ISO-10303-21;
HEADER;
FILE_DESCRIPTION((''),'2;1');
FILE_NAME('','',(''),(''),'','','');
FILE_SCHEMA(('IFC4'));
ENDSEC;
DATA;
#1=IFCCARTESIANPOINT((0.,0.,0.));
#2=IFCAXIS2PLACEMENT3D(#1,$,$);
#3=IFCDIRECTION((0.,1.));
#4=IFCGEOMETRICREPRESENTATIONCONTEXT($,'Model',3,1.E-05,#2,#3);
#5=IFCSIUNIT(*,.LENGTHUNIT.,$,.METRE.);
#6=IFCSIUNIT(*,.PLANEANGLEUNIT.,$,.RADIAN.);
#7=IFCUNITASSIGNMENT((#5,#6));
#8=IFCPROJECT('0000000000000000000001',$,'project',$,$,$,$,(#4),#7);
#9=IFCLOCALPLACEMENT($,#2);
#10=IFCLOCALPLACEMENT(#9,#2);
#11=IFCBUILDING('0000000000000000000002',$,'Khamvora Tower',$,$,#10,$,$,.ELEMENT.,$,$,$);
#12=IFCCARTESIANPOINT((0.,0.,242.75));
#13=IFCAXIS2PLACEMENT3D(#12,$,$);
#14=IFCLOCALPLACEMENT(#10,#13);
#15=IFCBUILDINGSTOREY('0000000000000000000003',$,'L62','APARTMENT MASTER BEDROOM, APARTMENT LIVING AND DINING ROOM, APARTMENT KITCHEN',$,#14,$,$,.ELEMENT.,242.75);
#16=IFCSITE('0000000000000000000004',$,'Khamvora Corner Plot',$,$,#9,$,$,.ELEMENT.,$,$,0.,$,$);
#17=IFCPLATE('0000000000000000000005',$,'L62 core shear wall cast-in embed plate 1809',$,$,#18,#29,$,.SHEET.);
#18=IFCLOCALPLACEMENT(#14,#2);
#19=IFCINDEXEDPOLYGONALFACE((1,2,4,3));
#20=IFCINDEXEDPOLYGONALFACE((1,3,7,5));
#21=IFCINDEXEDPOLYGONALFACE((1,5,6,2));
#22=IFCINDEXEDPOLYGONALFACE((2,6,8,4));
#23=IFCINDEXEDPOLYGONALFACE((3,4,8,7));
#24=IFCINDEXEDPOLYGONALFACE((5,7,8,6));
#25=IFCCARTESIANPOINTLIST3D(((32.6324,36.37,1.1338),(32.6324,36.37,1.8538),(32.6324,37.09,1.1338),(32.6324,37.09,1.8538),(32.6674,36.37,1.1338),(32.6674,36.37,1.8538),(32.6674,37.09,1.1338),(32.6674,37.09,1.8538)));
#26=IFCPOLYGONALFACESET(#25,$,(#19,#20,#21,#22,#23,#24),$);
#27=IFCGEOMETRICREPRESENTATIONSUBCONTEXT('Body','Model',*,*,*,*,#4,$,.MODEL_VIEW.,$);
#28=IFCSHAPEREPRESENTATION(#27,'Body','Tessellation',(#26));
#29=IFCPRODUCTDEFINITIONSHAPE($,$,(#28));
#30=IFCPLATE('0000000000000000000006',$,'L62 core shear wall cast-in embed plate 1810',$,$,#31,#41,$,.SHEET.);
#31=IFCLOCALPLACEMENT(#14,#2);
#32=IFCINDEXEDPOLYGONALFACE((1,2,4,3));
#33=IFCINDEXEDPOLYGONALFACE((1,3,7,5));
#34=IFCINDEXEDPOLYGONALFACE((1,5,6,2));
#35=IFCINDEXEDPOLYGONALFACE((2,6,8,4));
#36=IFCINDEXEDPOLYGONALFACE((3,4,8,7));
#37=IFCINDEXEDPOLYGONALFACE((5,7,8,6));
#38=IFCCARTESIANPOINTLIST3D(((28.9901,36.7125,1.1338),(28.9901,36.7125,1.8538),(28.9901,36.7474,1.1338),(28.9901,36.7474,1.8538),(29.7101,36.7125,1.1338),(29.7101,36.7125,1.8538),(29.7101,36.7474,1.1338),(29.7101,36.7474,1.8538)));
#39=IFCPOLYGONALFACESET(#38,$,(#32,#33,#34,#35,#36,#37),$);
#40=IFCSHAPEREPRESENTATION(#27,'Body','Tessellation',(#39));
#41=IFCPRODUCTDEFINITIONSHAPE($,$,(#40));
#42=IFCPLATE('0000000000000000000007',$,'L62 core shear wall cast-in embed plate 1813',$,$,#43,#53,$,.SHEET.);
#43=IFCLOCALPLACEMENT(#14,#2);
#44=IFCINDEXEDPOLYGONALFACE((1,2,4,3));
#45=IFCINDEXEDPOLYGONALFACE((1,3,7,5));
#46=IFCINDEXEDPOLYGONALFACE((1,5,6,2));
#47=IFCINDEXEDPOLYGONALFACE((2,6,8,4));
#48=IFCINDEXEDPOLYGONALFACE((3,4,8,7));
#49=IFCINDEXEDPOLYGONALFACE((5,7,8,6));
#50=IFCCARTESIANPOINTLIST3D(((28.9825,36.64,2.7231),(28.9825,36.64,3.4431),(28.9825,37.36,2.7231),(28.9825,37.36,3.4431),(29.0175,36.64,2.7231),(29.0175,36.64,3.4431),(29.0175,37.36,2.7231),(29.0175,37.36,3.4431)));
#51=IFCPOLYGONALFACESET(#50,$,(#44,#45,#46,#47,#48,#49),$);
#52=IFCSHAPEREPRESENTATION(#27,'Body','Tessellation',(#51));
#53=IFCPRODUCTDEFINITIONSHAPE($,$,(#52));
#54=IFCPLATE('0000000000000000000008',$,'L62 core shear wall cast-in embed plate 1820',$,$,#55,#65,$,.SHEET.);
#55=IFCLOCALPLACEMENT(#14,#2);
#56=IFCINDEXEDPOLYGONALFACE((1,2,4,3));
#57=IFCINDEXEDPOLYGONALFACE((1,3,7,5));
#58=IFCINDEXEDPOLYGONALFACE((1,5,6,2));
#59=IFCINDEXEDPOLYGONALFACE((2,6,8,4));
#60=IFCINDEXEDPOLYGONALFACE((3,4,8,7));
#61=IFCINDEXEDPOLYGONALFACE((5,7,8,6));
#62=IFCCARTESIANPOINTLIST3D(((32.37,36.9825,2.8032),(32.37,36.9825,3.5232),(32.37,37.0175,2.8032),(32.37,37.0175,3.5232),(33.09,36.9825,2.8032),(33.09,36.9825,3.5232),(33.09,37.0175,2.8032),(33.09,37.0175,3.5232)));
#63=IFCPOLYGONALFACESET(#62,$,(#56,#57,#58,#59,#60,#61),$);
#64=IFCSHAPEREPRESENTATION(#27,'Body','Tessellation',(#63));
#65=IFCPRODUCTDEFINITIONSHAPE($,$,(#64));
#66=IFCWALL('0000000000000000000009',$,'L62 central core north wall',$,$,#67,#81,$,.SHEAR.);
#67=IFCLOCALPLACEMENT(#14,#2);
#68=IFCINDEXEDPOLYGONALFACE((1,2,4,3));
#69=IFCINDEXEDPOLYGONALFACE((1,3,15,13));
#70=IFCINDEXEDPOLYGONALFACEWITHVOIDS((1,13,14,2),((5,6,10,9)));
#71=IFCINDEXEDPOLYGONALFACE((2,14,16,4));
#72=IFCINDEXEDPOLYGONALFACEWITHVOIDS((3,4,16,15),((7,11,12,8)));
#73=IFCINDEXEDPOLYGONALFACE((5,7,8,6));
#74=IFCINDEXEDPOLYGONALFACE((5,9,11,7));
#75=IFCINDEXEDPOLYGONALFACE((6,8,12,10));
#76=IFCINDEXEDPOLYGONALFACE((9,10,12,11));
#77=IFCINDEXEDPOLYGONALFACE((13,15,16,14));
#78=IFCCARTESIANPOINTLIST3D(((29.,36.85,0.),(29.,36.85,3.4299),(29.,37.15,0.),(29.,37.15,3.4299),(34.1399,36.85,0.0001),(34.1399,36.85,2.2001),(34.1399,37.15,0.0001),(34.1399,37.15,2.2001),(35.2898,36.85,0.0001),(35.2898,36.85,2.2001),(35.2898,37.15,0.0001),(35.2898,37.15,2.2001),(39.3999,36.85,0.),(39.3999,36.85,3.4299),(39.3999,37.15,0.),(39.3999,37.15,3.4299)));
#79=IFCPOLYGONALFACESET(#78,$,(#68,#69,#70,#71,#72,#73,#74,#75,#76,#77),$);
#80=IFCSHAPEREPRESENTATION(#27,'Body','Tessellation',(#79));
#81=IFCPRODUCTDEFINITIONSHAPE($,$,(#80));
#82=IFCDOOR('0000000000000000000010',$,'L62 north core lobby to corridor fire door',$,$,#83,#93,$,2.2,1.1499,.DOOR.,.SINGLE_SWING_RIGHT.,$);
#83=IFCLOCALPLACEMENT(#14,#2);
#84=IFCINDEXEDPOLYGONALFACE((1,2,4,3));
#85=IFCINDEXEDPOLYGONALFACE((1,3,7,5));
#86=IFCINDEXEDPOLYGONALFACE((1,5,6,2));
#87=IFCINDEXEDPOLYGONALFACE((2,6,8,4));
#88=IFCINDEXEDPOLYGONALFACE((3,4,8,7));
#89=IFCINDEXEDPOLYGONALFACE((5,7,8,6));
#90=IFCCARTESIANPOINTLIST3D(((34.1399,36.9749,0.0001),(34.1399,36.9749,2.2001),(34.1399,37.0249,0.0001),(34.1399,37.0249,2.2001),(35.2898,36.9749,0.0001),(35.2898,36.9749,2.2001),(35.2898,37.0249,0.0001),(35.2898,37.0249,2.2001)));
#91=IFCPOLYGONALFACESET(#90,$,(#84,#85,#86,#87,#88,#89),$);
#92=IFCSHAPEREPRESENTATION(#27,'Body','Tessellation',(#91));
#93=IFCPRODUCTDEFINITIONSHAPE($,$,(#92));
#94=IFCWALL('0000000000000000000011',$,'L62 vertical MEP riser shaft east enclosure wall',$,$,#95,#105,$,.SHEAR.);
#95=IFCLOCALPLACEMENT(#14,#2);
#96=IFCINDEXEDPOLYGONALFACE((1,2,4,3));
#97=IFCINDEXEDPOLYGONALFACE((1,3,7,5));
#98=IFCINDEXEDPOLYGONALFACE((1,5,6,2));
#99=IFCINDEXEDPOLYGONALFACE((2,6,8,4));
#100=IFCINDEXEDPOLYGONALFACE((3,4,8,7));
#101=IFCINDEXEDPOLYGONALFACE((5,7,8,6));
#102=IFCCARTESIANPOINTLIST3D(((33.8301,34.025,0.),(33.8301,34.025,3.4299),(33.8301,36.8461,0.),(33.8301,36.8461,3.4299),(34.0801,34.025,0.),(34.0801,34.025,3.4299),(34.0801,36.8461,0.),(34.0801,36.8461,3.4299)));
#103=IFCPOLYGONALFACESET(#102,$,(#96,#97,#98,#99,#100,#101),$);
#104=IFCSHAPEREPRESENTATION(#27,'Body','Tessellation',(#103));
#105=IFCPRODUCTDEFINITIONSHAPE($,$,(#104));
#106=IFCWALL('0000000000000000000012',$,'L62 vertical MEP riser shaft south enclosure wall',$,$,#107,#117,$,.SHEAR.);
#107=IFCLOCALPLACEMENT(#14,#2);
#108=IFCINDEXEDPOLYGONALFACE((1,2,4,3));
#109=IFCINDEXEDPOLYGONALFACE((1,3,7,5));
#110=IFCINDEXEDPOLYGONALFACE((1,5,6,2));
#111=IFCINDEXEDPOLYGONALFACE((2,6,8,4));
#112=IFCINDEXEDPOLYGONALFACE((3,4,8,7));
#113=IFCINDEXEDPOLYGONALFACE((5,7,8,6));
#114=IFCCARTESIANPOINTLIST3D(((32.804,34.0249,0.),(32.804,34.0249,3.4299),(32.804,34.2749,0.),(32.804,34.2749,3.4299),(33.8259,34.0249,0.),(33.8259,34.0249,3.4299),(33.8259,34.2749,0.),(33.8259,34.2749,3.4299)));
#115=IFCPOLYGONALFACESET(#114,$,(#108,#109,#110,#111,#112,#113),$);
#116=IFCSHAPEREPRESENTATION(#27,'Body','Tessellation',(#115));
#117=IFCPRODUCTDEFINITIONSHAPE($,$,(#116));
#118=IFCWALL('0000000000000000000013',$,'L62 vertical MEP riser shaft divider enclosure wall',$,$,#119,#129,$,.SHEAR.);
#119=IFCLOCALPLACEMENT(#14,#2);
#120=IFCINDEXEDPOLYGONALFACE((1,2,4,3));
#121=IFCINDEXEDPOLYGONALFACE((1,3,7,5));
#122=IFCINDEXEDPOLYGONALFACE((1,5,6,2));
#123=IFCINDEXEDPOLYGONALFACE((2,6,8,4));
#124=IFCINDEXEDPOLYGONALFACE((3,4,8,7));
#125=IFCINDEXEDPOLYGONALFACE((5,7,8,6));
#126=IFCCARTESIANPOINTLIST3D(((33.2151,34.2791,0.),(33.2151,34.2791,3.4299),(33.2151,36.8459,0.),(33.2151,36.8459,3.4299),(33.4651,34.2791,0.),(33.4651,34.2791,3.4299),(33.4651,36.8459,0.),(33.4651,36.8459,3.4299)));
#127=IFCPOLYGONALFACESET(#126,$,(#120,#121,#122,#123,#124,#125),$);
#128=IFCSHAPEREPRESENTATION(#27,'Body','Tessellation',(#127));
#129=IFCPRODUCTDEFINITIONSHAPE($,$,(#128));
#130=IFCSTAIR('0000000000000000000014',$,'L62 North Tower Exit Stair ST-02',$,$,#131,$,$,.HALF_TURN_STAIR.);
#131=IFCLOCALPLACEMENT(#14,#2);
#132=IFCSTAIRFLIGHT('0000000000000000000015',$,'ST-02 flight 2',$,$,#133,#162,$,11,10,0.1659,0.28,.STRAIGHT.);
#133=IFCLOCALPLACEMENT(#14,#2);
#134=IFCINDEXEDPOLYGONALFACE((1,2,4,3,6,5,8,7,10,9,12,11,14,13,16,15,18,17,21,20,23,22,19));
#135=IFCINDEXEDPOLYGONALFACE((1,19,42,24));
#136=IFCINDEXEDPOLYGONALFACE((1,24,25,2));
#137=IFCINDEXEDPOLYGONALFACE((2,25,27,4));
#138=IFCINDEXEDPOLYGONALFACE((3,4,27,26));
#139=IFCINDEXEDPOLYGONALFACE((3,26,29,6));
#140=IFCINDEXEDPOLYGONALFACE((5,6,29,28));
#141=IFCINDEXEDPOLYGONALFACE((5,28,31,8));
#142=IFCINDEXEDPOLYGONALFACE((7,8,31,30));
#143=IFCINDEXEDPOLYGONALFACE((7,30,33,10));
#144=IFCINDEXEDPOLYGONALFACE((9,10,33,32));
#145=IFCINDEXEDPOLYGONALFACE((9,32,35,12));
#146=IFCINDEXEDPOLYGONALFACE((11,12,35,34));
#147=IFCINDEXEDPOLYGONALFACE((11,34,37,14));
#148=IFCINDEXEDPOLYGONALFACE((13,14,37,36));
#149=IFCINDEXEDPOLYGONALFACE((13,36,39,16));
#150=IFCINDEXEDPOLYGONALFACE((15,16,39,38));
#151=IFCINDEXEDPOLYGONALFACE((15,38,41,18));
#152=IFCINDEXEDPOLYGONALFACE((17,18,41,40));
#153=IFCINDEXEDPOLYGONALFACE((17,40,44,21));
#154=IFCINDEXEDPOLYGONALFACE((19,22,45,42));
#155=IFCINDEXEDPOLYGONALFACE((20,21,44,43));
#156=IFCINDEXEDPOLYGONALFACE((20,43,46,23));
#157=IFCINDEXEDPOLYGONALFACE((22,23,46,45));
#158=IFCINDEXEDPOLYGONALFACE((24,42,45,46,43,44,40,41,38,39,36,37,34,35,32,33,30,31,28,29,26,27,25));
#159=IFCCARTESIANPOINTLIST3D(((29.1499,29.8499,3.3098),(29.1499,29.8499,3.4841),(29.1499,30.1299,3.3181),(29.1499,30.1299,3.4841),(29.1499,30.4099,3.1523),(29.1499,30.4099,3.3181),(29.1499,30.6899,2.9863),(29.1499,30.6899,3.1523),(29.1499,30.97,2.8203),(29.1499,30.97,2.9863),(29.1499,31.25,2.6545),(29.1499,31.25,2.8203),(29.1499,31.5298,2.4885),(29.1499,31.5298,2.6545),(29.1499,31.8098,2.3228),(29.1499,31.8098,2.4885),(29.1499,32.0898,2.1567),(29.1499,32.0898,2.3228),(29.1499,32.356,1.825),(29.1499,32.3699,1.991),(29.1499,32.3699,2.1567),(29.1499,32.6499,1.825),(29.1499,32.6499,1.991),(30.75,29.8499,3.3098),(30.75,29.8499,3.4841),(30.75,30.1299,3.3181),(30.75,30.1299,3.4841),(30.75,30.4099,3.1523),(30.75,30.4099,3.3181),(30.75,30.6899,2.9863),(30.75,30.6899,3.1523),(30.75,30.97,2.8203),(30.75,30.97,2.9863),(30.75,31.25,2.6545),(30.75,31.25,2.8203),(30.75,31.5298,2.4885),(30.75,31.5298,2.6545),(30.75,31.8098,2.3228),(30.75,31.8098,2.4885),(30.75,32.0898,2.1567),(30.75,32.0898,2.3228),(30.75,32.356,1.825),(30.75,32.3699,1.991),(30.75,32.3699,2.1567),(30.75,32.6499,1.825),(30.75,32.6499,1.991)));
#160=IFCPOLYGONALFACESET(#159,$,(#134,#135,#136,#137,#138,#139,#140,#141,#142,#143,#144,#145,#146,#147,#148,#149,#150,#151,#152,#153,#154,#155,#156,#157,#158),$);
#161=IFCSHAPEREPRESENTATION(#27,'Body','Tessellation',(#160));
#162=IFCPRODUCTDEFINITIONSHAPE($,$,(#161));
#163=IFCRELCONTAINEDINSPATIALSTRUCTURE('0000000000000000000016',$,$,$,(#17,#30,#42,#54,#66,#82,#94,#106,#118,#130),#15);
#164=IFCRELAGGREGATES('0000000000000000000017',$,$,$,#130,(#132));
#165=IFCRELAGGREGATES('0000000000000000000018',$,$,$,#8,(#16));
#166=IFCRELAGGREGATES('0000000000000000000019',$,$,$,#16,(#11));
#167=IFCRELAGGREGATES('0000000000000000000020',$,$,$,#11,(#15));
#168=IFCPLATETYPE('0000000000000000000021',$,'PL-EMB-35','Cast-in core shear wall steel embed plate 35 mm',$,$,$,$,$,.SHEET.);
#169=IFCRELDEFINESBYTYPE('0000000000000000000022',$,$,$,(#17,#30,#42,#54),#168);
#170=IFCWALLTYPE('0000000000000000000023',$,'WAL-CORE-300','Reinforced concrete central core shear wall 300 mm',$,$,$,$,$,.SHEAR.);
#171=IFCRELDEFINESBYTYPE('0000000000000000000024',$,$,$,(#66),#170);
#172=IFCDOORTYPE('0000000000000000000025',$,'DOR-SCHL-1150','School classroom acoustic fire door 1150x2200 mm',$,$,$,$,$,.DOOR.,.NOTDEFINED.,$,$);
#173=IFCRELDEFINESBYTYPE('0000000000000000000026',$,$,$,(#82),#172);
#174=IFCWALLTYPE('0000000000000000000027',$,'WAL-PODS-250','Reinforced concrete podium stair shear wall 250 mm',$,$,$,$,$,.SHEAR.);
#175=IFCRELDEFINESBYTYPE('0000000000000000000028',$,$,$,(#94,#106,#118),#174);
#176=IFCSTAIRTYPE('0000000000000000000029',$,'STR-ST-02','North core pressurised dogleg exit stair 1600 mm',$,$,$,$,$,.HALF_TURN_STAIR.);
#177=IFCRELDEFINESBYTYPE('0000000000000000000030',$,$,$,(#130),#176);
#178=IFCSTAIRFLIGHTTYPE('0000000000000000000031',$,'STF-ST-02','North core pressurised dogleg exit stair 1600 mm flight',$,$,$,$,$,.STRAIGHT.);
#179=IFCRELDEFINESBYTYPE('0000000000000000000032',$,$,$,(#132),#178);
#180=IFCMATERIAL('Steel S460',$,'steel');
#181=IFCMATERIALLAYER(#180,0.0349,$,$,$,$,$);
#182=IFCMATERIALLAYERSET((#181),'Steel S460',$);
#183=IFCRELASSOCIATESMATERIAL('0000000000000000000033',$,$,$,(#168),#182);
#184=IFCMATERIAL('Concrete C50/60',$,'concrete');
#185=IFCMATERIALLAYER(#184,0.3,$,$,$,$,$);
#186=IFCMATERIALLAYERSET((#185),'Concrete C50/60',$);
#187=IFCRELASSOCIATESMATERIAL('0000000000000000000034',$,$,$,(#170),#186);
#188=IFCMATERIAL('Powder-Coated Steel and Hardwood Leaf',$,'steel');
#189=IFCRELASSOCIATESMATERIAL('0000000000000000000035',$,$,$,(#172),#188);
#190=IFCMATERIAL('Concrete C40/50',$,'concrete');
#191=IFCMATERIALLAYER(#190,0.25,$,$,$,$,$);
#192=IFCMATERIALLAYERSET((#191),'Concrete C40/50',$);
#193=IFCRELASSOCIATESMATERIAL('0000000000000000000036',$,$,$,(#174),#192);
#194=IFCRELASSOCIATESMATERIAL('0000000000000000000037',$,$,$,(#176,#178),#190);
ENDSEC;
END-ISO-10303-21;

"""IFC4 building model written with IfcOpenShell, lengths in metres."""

from ifc_helpers import new_model, si_unit, direction, frame, frame_2d, origin, origin_2d, place, context, subcontext, project, spatial, polyline, rectangle, outline, extrude, material, layer, layer_set, type_object, element, fill, aggregate, save


model = new_model("IFC4")

# Units and contexts
model_context = context("Model", 3, precision=1e-05, world=origin(), true_north=direction((0.0, 1.0)))
body_context = subcontext(model_context, "Body", "Model", "MODEL_VIEW")
ifc_project = project(units=[si_unit("LENGTHUNIT", "METRE"), si_unit("PLANEANGLEUNIT", "RADIAN")], contexts=[model_context])

# Site, building, storey
site_placement = place(None, origin())
site = spatial("IfcSite", under=ifc_project, at=site_placement, Name="Khamvora Corner Plot", CompositionType="ELEMENT", RefElevation=0.0)
building_placement = place(site_placement, origin())
building = spatial("IfcBuilding", under=site, at=building_placement, Name="Khamvora Tower", CompositionType="ELEMENT")
storey_placement = place(building_placement, frame((0.0, 0.0, 242.75)))
storey = spatial("IfcBuildingStorey", under=building, at=storey_placement, Name="L62", Description="APARTMENT MASTER BEDROOM, APARTMENT LIVING AND DINING ROOM, APARTMENT KITCHEN", CompositionType="ELEMENT", Elevation=242.75)

# Plates
ifc_material_1 = material(Name="Steel S460", Category="steel")
ifc_layer_1 = layer(ifc_material_1, 0.0349)
ifc_layer_set_1 = layer_set([ifc_layer_1], Name="Steel S460")
plate_type = type_object("IfcPlateType", Name="PL-EMB-35", Description="Cast-in core shear wall steel embed plate 35 mm", PredefinedType="SHEET", material=ifc_layer_set_1)
for number, where, z_axis, x_axis, name in (
    (1, (32.6499, 36.73, 1.1338), (0.0, 0.0, 1.0), (1.0, 0.0, 0.0), "L62 core shear wall cast-in embed plate 1809"),
):
    element("IfcPlate", number, at=place(storey_placement, frame(where, z_axis=z_axis, x_axis=x_axis)), inside=storey, type_object=plate_type, Name=name, PredefinedType="SHEET", context=body_context, shape_type="SweptSolid", body=[
        extrude(rectangle(XDim=0.0349, YDim=0.72, at=origin_2d()), origin(), (0.0, 0.0, 1.0), 0.72),
    ])
plate_1_placement = place(storey_placement, frame((29.3501, 36.73, 1.1338), z_axis=(0.0, 0.0, 1.0), x_axis=(1.0, 0.0, 0.0)))
element("IfcPlate", 2, at=plate_1_placement, inside=storey, type_object=plate_type, Name="L62 core shear wall cast-in embed plate 1810", PredefinedType="SHEET", context=body_context, shape_type="SweptSolid", body=[
    extrude(rectangle(XDim=0.72, YDim=0.0349, at=origin_2d()), origin(), (0.0, 0.0, 1.0), 0.72),
])
plate_2_placement = place(storey_placement, frame((29.0, 37.0, 2.7231), z_axis=(0.0, 0.0, 1.0), x_axis=(1.0, 0.0, 0.0)))
element("IfcPlate", 3, at=plate_2_placement, inside=storey, type_object=plate_type, Name="L62 core shear wall cast-in embed plate 1813", PredefinedType="SHEET", context=body_context, shape_type="SweptSolid", body=[
    extrude(rectangle(XDim=0.0349, YDim=0.72, at=origin_2d()), origin(), (0.0, 0.0, 1.0), 0.72),
])
plate_3_placement = place(storey_placement, frame((32.73, 37.0, 2.8032), z_axis=(0.0, 0.0, 1.0), x_axis=(1.0, 0.0, 0.0)))
element("IfcPlate", 4, at=plate_3_placement, inside=storey, type_object=plate_type, Name="L62 core shear wall cast-in embed plate 1820", PredefinedType="SHEET", context=body_context, shape_type="SweptSolid", body=[
    extrude(rectangle(XDim=0.72, YDim=0.0349, at=origin_2d()), origin(), (0.0, 0.0, 1.0), 0.72),
])

# Wall, opening, door
ifc_material_2 = material(Name="Concrete C50/60", Category="concrete")
ifc_layer_2 = layer(ifc_material_2, 0.3)
ifc_layer_set_2 = layer_set([ifc_layer_2], Name="Concrete C50/60")
wall_type_1 = type_object("IfcWallType", Name="WAL-CORE-300", Description="Reinforced concrete central core shear wall 300 mm", PredefinedType="SHEAR", material=ifc_layer_set_2)
wall_1_placement = place(storey_placement, frame((29.0, 37.0, 0.0), z_axis=(0.0, 0.0, 1.0), x_axis=(1.0, 0.0, 0.0)))
wall_1 = element("IfcWall", 5, at=wall_1_placement, inside=storey, type_object=wall_type_1, Name="L62 central core north wall", PredefinedType="SHEAR", context=body_context, shape_type="SweptSolid", body=[
    extrude(rectangle(XDim=10.3999, YDim=0.3, at=frame_2d((5.2, 0.0))), origin(), (0.0, 0.0, 1.0), 3.4299),
])
opening_placement = place(wall_1_placement, frame((5.1399, 0.0, 0.0)))
opening = element("IfcOpeningElement", 6, at=opening_placement, cuts=wall_1, PredefinedType="OPENING", context=body_context, shape_type="SweptSolid", body=[
    extrude(rectangle(XDim=1.1499, YDim=2.2, at=frame_2d((0.575, 1.1001))), frame((0.0, 0.1599, 0.0), z_axis=(0.0, -1.0, 0.0), x_axis=(1.0, 0.0, 0.0)), (0.0, 0.0, 1.0), 0.3201),
])
ifc_material_3 = material(Name="Powder-Coated Steel and Hardwood Leaf", Category="steel")
door_type = type_object("IfcDoorType", Name="DOR-SCHL-1150", Description="School classroom acoustic fire door 1150x2200 mm", OperationType="NOTDEFINED", PredefinedType="DOOR", material=ifc_material_3)
door_placement = place(opening_placement, origin())
door = element("IfcDoor", 7, at=door_placement, inside=storey, type_object=door_type, Name="L62 north core lobby to corridor fire door", OperationType="SINGLE_SWING_RIGHT", OverallHeight=2.2, OverallWidth=1.1499, PredefinedType="DOOR", context=body_context, shape_type="SweptSolid", body=[
    extrude(rectangle(XDim=1.1499, YDim=2.2, at=frame_2d((0.575, 1.1001))), frame((0.0, 0.0249, 0.0), z_axis=(0.0, -1.0, 0.0), x_axis=(1.0, 0.0, 0.0)), (0.0, 0.0, 1.0), 0.05),
])
fill(opening, door)

# Walls
ifc_material_4 = material(Name="Concrete C40/50", Category="concrete")
ifc_layer_3 = layer(ifc_material_4, 0.25)
ifc_layer_set_3 = layer_set([ifc_layer_3], Name="Concrete C40/50")
wall_type_2 = type_object("IfcWallType", Name="WAL-PODS-250", Description="Reinforced concrete podium stair shear wall 250 mm", PredefinedType="SHEAR", material=ifc_layer_set_3)
wall_2_placement = place(storey_placement, frame((33.9551, 34.0249, 0.0), z_axis=(0.0, 0.0, 1.0), x_axis=(0.0, 1.0, 0.0)))
element("IfcWall", 8, at=wall_2_placement, inside=storey, type_object=wall_type_2, Name="L62 vertical MEP riser shaft east enclosure wall", PredefinedType="SHEAR", context=body_context, shape_type="SweptSolid", body=[
    extrude(rectangle(XDim=2.821, YDim=0.25, at=frame_2d((1.4106, 0.0))), origin(), (0.0, 0.0, 1.0), 3.4299),
])
wall_3_placement = place(storey_placement, frame((32.804, 34.1499, 0.0), z_axis=(0.0, 0.0, 1.0), x_axis=(1.0, 0.0, 0.0)))
element("IfcWall", 9, at=wall_3_placement, inside=storey, type_object=wall_type_2, Name="L62 vertical MEP riser shaft south enclosure wall", PredefinedType="SHEAR", context=body_context, shape_type="SweptSolid", body=[
    extrude(rectangle(XDim=1.022, YDim=0.25, at=frame_2d((0.511, 0.0))), origin(), (0.0, 0.0, 1.0), 3.4299),
])
wall_4_placement = place(storey_placement, frame((33.3401, 34.2791, 0.0), z_axis=(0.0, 0.0, 1.0), x_axis=(0.0, 1.0, 0.0)))
element("IfcWall", 10, at=wall_4_placement, inside=storey, type_object=wall_type_2, Name="L62 vertical MEP riser shaft divider enclosure wall", PredefinedType="SHEAR", context=body_context, shape_type="SweptSolid", body=[
    extrude(rectangle(XDim=2.5669, YDim=0.25, at=frame_2d((1.2834, 0.0))), origin(), (0.0, 0.0, 1.0), 3.4299),
])

# Stair, stair flight
stair_type = type_object("IfcStairType", Name="STR-ST-02", Description="North core pressurised dogleg exit stair 1600 mm", PredefinedType="HALF_TURN_STAIR", material=ifc_material_4)
stair_placement = place(storey_placement, origin())
stair = element("IfcStair", 11, at=stair_placement, inside=storey, type_object=stair_type, Name="L62 North Tower Exit Stair ST-02", PredefinedType="HALF_TURN_STAIR")
stair_flight_type = type_object("IfcStairFlightType", Name="STF-ST-02", Description="North core pressurised dogleg exit stair 1600 mm flight", PredefinedType="STRAIGHT", material=ifc_material_4)
stair_flight_placement = place(storey_placement, frame((29.95, 32.6499, 1.825), z_axis=(0.0, 0.0, 1.0), x_axis=(0.0, -1.0, 0.0)))
stair_flight = element("IfcStairFlight", 12, at=stair_flight_placement, type_object=stair_flight_type, Name="ST-02 flight 2", NumberOfRisers=11, NumberOfTreads=10, PredefinedType="STRAIGHT", RiserHeight=0.1659, TreadLength=0.28, context=body_context, shape_type="SweptSolid", body=[
    extrude(outline(polyline([(0.0, 0.0), (0.0, 0.166), (0.28, 0.166), (0.28, 0.3318), (0.5601, 0.3318), (0.5601, 0.4978), (0.8401, 0.4978), (0.8401, 0.6636), (1.1201, 0.6636), (1.1201, 0.8296), (1.3999, 0.8296), (1.3999, 0.9954), (1.6799, 0.9954), (1.6799, 1.1614), (1.96, 1.1614), (1.96, 1.3274), (2.24, 1.3274), (2.24, 1.4932), (2.52, 1.4932), (2.52, 1.6592), (2.8, 1.6592), (2.8, 1.825), (2.8, 1.4849), (0.2939, 0.0), (0.0, 0.0)])), frame((0.0, 0.8, 0.0), z_axis=(0.0, -1.0, 0.0), x_axis=(1.0, 0.0, 0.0)), (0.0, 0.0, 1.0), 1.6001),
])
aggregate(stair, [stair_flight])

save(model, "model.ifc")
